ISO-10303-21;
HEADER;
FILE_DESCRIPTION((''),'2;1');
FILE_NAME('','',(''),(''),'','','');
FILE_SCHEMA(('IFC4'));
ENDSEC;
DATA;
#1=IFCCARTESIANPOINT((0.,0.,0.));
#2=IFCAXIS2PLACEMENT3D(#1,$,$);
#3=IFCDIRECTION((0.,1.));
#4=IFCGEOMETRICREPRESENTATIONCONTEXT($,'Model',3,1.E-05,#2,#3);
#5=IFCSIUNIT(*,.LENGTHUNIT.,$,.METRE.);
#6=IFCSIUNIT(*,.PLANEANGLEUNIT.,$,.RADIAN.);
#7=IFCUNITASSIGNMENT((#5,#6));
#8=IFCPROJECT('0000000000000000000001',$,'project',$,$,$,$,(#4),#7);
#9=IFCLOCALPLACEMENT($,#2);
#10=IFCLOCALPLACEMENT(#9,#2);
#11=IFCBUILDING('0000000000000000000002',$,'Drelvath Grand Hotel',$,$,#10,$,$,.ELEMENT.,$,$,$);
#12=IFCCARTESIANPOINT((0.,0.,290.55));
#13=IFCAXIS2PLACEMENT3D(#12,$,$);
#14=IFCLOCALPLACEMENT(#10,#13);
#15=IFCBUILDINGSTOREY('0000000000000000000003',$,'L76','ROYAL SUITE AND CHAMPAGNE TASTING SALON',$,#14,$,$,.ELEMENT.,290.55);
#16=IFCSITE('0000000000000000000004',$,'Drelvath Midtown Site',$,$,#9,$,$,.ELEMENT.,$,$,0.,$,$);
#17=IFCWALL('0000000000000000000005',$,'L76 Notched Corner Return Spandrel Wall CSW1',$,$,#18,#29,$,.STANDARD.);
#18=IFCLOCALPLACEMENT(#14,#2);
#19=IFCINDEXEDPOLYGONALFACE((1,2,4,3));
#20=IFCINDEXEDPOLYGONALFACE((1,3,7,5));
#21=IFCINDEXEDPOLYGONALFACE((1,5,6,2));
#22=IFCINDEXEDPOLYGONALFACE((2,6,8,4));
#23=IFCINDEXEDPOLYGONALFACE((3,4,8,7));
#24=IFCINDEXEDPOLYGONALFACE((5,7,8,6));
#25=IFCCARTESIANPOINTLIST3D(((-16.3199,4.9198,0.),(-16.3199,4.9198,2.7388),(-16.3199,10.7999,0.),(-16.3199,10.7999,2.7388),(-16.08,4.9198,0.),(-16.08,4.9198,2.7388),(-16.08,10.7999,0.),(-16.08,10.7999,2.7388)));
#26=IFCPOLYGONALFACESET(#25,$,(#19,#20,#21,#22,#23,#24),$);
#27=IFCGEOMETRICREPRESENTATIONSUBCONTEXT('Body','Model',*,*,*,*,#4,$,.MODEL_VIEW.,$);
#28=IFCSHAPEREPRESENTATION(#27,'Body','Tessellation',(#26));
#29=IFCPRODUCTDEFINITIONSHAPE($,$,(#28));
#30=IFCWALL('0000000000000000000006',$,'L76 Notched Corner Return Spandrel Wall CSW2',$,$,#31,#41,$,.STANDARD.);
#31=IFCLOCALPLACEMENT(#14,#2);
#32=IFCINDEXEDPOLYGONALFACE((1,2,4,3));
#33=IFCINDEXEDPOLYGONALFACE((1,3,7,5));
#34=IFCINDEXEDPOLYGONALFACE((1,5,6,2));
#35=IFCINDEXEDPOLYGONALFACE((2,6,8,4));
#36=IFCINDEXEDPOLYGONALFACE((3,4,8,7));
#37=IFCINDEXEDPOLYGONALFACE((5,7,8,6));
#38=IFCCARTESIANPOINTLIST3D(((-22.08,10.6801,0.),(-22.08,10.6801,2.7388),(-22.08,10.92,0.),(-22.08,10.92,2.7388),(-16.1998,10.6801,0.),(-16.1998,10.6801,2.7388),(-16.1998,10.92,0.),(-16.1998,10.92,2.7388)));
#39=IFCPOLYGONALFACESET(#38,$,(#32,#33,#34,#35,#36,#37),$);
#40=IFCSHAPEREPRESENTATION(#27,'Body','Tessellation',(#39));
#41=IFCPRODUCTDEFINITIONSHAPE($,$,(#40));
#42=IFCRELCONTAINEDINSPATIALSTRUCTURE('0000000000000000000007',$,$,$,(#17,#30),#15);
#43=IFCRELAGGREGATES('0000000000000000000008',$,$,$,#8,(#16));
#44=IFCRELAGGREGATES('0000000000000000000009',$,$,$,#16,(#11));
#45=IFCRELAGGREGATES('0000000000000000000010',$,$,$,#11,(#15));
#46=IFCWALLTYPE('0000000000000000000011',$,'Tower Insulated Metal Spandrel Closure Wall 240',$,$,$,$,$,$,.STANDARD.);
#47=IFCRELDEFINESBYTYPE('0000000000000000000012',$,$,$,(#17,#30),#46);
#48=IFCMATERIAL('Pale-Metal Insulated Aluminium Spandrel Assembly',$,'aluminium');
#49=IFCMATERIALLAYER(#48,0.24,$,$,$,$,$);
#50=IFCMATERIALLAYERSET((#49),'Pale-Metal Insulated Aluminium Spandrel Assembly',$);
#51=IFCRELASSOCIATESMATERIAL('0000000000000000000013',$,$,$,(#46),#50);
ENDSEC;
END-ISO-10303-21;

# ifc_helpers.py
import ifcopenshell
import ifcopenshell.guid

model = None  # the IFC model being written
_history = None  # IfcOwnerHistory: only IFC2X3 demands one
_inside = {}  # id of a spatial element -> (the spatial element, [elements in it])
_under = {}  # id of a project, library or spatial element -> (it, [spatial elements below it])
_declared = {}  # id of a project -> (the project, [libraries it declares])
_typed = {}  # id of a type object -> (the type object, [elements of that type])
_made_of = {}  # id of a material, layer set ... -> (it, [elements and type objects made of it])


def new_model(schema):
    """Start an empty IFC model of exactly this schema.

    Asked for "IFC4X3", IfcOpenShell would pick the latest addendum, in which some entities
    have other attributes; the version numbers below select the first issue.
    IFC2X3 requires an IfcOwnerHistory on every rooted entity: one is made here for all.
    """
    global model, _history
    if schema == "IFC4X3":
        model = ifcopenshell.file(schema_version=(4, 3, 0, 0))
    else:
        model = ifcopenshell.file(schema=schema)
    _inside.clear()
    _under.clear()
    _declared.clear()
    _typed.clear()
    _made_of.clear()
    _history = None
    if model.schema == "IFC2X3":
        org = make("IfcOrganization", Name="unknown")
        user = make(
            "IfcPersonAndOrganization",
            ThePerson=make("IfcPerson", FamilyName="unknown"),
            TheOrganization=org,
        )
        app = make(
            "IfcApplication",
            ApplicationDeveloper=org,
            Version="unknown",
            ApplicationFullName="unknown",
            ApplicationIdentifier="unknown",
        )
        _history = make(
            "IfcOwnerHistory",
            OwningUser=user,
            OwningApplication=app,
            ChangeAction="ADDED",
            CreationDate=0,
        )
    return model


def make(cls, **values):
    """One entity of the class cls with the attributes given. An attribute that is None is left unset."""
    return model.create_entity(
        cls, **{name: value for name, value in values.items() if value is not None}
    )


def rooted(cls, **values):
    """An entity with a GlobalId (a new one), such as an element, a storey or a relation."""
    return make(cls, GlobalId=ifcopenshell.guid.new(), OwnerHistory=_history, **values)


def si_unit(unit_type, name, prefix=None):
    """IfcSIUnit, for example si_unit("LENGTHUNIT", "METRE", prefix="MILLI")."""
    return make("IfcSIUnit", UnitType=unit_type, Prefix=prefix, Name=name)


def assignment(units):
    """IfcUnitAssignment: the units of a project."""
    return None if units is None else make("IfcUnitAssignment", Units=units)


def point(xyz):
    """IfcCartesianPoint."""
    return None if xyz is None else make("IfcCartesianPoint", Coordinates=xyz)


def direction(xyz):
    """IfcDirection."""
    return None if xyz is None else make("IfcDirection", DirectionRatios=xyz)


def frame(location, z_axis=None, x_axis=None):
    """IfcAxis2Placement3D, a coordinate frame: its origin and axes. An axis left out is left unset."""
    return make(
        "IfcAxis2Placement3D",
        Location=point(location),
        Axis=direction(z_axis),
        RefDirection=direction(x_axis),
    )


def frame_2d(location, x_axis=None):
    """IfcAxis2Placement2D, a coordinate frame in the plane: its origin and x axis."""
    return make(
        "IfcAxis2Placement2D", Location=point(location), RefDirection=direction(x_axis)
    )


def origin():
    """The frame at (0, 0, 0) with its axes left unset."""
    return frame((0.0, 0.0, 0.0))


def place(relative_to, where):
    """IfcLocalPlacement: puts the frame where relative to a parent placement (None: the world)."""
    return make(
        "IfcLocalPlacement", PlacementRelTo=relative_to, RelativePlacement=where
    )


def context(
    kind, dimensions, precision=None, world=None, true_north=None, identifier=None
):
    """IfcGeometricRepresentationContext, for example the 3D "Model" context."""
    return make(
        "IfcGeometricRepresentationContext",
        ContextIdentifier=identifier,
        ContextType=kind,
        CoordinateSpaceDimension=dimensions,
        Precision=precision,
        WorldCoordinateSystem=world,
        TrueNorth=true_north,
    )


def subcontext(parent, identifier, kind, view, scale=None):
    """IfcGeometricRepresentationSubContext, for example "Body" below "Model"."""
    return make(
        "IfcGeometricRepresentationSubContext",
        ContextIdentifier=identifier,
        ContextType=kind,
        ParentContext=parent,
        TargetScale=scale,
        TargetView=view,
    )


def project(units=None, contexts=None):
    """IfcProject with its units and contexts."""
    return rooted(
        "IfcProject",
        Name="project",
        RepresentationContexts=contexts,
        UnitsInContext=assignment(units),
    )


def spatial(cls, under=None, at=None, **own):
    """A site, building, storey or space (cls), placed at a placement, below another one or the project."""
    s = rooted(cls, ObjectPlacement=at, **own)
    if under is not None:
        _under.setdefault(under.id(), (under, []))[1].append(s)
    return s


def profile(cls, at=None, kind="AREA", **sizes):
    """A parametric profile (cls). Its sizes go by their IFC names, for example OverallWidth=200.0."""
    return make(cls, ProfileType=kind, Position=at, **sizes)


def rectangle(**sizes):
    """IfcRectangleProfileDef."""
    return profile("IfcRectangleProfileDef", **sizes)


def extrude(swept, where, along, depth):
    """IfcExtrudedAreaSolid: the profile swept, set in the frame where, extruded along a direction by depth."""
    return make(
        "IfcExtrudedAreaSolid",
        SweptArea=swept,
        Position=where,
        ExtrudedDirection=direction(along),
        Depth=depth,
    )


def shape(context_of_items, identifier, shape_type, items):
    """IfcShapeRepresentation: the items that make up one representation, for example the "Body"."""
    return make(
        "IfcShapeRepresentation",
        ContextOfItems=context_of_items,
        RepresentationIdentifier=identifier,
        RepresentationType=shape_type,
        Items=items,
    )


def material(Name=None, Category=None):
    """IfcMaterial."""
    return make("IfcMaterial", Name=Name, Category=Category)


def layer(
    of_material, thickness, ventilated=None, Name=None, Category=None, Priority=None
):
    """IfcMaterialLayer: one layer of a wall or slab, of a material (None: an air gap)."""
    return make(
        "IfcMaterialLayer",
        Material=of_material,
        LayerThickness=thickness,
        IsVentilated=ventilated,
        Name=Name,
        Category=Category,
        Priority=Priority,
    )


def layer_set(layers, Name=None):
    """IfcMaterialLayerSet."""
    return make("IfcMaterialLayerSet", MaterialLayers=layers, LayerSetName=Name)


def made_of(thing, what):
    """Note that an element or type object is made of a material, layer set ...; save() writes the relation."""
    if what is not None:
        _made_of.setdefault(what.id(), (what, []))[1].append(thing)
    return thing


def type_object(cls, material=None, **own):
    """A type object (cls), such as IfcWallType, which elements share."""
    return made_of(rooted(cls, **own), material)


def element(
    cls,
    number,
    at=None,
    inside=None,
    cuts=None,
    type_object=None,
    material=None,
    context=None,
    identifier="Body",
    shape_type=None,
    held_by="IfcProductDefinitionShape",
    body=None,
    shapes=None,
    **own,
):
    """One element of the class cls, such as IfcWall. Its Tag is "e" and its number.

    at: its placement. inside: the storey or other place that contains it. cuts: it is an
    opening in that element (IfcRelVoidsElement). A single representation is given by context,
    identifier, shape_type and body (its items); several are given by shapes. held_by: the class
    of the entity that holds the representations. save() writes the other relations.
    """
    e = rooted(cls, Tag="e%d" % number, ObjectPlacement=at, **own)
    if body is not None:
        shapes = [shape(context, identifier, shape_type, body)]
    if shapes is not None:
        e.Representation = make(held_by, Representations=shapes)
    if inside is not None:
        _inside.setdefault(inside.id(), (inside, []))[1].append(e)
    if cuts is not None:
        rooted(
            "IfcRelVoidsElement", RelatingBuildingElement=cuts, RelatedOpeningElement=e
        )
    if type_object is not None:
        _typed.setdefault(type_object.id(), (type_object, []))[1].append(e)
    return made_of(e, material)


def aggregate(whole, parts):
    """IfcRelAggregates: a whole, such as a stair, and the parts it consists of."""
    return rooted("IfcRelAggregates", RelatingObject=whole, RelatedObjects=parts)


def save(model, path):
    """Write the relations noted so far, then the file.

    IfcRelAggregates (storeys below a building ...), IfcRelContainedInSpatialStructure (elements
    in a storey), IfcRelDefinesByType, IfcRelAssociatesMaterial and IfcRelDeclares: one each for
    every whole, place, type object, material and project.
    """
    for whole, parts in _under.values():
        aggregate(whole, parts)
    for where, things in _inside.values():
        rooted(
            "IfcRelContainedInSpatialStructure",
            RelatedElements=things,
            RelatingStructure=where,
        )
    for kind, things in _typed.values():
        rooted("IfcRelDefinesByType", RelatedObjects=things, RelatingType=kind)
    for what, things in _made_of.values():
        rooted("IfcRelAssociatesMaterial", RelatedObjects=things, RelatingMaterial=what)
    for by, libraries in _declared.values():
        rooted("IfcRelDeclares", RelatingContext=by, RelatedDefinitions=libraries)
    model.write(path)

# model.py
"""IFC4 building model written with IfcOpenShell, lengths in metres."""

from ifc_helpers import new_model, si_unit, direction, frame, frame_2d, origin, place, context, subcontext, project, spatial, rectangle, extrude, material, layer, layer_set, type_object, element, save


model = new_model("IFC4")

# Units and contexts
model_context = context("Model", 3, precision=1e-05, world=origin(), true_north=direction((0.0, 1.0)))
body_context = subcontext(model_context, "Body", "Model", "MODEL_VIEW")
ifc_project = project(units=[si_unit("LENGTHUNIT", "METRE"), si_unit("PLANEANGLEUNIT", "RADIAN")], contexts=[model_context])

# Site, building, storey
site_placement = place(None, origin())
site = spatial("IfcSite", under=ifc_project, at=site_placement, Name="Drelvath Midtown Site", CompositionType="ELEMENT", RefElevation=0.0)
building_placement = place(site_placement, origin())
building = spatial("IfcBuilding", under=site, at=building_placement, Name="Drelvath Grand Hotel", CompositionType="ELEMENT")
storey_placement = place(building_placement, frame((0.0, 0.0, 290.55)))
storey = spatial("IfcBuildingStorey", under=building, at=storey_placement, Name="L76", Description="ROYAL SUITE AND CHAMPAGNE TASTING SALON", CompositionType="ELEMENT", Elevation=290.55)

# Shared definitions
ifc_material_1 = material(Name="Pale-Metal Insulated Aluminium Spandrel Assembly", Category="aluminium")
ifc_layer_1 = layer(ifc_material_1, 0.24)
ifc_layer_set_1 = layer_set([ifc_layer_1], Name="Pale-Metal Insulated Aluminium Spandrel Assembly")
wall_type_1 = type_object("IfcWallType", Name="Tower Insulated Metal Spandrel Closure Wall 240", PredefinedType="STANDARD", material=ifc_layer_set_1)

# Walls
for number, where, z_axis, x_axis, name in (
    (1, (-16.2, 4.9199, 0.0), (0.0, 0.0, 1.0), (0.0, 1.0, 0.0), "L76 Notched Corner Return Spandrel Wall CSW1"),
    (2, (-16.2, 10.8, 0.0), (0.0, 0.0, 1.0), (-1.0, 0.0, 0.0), "L76 Notched Corner Return Spandrel Wall CSW2"),
):
    element("IfcWall", number, at=place(storey_placement, frame(where, z_axis=z_axis, x_axis=x_axis)), inside=storey, type_object=wall_type_1, Name=name, PredefinedType="STANDARD", context=body_context, shape_type="SweptSolid", body=[
        extrude(rectangle(XDim=5.8801, YDim=0.24, at=frame_2d((2.9399, 0.0))), origin(), (0.0, 0.0, 1.0), 2.7388),
    ])

save(model, "model.ifc")
